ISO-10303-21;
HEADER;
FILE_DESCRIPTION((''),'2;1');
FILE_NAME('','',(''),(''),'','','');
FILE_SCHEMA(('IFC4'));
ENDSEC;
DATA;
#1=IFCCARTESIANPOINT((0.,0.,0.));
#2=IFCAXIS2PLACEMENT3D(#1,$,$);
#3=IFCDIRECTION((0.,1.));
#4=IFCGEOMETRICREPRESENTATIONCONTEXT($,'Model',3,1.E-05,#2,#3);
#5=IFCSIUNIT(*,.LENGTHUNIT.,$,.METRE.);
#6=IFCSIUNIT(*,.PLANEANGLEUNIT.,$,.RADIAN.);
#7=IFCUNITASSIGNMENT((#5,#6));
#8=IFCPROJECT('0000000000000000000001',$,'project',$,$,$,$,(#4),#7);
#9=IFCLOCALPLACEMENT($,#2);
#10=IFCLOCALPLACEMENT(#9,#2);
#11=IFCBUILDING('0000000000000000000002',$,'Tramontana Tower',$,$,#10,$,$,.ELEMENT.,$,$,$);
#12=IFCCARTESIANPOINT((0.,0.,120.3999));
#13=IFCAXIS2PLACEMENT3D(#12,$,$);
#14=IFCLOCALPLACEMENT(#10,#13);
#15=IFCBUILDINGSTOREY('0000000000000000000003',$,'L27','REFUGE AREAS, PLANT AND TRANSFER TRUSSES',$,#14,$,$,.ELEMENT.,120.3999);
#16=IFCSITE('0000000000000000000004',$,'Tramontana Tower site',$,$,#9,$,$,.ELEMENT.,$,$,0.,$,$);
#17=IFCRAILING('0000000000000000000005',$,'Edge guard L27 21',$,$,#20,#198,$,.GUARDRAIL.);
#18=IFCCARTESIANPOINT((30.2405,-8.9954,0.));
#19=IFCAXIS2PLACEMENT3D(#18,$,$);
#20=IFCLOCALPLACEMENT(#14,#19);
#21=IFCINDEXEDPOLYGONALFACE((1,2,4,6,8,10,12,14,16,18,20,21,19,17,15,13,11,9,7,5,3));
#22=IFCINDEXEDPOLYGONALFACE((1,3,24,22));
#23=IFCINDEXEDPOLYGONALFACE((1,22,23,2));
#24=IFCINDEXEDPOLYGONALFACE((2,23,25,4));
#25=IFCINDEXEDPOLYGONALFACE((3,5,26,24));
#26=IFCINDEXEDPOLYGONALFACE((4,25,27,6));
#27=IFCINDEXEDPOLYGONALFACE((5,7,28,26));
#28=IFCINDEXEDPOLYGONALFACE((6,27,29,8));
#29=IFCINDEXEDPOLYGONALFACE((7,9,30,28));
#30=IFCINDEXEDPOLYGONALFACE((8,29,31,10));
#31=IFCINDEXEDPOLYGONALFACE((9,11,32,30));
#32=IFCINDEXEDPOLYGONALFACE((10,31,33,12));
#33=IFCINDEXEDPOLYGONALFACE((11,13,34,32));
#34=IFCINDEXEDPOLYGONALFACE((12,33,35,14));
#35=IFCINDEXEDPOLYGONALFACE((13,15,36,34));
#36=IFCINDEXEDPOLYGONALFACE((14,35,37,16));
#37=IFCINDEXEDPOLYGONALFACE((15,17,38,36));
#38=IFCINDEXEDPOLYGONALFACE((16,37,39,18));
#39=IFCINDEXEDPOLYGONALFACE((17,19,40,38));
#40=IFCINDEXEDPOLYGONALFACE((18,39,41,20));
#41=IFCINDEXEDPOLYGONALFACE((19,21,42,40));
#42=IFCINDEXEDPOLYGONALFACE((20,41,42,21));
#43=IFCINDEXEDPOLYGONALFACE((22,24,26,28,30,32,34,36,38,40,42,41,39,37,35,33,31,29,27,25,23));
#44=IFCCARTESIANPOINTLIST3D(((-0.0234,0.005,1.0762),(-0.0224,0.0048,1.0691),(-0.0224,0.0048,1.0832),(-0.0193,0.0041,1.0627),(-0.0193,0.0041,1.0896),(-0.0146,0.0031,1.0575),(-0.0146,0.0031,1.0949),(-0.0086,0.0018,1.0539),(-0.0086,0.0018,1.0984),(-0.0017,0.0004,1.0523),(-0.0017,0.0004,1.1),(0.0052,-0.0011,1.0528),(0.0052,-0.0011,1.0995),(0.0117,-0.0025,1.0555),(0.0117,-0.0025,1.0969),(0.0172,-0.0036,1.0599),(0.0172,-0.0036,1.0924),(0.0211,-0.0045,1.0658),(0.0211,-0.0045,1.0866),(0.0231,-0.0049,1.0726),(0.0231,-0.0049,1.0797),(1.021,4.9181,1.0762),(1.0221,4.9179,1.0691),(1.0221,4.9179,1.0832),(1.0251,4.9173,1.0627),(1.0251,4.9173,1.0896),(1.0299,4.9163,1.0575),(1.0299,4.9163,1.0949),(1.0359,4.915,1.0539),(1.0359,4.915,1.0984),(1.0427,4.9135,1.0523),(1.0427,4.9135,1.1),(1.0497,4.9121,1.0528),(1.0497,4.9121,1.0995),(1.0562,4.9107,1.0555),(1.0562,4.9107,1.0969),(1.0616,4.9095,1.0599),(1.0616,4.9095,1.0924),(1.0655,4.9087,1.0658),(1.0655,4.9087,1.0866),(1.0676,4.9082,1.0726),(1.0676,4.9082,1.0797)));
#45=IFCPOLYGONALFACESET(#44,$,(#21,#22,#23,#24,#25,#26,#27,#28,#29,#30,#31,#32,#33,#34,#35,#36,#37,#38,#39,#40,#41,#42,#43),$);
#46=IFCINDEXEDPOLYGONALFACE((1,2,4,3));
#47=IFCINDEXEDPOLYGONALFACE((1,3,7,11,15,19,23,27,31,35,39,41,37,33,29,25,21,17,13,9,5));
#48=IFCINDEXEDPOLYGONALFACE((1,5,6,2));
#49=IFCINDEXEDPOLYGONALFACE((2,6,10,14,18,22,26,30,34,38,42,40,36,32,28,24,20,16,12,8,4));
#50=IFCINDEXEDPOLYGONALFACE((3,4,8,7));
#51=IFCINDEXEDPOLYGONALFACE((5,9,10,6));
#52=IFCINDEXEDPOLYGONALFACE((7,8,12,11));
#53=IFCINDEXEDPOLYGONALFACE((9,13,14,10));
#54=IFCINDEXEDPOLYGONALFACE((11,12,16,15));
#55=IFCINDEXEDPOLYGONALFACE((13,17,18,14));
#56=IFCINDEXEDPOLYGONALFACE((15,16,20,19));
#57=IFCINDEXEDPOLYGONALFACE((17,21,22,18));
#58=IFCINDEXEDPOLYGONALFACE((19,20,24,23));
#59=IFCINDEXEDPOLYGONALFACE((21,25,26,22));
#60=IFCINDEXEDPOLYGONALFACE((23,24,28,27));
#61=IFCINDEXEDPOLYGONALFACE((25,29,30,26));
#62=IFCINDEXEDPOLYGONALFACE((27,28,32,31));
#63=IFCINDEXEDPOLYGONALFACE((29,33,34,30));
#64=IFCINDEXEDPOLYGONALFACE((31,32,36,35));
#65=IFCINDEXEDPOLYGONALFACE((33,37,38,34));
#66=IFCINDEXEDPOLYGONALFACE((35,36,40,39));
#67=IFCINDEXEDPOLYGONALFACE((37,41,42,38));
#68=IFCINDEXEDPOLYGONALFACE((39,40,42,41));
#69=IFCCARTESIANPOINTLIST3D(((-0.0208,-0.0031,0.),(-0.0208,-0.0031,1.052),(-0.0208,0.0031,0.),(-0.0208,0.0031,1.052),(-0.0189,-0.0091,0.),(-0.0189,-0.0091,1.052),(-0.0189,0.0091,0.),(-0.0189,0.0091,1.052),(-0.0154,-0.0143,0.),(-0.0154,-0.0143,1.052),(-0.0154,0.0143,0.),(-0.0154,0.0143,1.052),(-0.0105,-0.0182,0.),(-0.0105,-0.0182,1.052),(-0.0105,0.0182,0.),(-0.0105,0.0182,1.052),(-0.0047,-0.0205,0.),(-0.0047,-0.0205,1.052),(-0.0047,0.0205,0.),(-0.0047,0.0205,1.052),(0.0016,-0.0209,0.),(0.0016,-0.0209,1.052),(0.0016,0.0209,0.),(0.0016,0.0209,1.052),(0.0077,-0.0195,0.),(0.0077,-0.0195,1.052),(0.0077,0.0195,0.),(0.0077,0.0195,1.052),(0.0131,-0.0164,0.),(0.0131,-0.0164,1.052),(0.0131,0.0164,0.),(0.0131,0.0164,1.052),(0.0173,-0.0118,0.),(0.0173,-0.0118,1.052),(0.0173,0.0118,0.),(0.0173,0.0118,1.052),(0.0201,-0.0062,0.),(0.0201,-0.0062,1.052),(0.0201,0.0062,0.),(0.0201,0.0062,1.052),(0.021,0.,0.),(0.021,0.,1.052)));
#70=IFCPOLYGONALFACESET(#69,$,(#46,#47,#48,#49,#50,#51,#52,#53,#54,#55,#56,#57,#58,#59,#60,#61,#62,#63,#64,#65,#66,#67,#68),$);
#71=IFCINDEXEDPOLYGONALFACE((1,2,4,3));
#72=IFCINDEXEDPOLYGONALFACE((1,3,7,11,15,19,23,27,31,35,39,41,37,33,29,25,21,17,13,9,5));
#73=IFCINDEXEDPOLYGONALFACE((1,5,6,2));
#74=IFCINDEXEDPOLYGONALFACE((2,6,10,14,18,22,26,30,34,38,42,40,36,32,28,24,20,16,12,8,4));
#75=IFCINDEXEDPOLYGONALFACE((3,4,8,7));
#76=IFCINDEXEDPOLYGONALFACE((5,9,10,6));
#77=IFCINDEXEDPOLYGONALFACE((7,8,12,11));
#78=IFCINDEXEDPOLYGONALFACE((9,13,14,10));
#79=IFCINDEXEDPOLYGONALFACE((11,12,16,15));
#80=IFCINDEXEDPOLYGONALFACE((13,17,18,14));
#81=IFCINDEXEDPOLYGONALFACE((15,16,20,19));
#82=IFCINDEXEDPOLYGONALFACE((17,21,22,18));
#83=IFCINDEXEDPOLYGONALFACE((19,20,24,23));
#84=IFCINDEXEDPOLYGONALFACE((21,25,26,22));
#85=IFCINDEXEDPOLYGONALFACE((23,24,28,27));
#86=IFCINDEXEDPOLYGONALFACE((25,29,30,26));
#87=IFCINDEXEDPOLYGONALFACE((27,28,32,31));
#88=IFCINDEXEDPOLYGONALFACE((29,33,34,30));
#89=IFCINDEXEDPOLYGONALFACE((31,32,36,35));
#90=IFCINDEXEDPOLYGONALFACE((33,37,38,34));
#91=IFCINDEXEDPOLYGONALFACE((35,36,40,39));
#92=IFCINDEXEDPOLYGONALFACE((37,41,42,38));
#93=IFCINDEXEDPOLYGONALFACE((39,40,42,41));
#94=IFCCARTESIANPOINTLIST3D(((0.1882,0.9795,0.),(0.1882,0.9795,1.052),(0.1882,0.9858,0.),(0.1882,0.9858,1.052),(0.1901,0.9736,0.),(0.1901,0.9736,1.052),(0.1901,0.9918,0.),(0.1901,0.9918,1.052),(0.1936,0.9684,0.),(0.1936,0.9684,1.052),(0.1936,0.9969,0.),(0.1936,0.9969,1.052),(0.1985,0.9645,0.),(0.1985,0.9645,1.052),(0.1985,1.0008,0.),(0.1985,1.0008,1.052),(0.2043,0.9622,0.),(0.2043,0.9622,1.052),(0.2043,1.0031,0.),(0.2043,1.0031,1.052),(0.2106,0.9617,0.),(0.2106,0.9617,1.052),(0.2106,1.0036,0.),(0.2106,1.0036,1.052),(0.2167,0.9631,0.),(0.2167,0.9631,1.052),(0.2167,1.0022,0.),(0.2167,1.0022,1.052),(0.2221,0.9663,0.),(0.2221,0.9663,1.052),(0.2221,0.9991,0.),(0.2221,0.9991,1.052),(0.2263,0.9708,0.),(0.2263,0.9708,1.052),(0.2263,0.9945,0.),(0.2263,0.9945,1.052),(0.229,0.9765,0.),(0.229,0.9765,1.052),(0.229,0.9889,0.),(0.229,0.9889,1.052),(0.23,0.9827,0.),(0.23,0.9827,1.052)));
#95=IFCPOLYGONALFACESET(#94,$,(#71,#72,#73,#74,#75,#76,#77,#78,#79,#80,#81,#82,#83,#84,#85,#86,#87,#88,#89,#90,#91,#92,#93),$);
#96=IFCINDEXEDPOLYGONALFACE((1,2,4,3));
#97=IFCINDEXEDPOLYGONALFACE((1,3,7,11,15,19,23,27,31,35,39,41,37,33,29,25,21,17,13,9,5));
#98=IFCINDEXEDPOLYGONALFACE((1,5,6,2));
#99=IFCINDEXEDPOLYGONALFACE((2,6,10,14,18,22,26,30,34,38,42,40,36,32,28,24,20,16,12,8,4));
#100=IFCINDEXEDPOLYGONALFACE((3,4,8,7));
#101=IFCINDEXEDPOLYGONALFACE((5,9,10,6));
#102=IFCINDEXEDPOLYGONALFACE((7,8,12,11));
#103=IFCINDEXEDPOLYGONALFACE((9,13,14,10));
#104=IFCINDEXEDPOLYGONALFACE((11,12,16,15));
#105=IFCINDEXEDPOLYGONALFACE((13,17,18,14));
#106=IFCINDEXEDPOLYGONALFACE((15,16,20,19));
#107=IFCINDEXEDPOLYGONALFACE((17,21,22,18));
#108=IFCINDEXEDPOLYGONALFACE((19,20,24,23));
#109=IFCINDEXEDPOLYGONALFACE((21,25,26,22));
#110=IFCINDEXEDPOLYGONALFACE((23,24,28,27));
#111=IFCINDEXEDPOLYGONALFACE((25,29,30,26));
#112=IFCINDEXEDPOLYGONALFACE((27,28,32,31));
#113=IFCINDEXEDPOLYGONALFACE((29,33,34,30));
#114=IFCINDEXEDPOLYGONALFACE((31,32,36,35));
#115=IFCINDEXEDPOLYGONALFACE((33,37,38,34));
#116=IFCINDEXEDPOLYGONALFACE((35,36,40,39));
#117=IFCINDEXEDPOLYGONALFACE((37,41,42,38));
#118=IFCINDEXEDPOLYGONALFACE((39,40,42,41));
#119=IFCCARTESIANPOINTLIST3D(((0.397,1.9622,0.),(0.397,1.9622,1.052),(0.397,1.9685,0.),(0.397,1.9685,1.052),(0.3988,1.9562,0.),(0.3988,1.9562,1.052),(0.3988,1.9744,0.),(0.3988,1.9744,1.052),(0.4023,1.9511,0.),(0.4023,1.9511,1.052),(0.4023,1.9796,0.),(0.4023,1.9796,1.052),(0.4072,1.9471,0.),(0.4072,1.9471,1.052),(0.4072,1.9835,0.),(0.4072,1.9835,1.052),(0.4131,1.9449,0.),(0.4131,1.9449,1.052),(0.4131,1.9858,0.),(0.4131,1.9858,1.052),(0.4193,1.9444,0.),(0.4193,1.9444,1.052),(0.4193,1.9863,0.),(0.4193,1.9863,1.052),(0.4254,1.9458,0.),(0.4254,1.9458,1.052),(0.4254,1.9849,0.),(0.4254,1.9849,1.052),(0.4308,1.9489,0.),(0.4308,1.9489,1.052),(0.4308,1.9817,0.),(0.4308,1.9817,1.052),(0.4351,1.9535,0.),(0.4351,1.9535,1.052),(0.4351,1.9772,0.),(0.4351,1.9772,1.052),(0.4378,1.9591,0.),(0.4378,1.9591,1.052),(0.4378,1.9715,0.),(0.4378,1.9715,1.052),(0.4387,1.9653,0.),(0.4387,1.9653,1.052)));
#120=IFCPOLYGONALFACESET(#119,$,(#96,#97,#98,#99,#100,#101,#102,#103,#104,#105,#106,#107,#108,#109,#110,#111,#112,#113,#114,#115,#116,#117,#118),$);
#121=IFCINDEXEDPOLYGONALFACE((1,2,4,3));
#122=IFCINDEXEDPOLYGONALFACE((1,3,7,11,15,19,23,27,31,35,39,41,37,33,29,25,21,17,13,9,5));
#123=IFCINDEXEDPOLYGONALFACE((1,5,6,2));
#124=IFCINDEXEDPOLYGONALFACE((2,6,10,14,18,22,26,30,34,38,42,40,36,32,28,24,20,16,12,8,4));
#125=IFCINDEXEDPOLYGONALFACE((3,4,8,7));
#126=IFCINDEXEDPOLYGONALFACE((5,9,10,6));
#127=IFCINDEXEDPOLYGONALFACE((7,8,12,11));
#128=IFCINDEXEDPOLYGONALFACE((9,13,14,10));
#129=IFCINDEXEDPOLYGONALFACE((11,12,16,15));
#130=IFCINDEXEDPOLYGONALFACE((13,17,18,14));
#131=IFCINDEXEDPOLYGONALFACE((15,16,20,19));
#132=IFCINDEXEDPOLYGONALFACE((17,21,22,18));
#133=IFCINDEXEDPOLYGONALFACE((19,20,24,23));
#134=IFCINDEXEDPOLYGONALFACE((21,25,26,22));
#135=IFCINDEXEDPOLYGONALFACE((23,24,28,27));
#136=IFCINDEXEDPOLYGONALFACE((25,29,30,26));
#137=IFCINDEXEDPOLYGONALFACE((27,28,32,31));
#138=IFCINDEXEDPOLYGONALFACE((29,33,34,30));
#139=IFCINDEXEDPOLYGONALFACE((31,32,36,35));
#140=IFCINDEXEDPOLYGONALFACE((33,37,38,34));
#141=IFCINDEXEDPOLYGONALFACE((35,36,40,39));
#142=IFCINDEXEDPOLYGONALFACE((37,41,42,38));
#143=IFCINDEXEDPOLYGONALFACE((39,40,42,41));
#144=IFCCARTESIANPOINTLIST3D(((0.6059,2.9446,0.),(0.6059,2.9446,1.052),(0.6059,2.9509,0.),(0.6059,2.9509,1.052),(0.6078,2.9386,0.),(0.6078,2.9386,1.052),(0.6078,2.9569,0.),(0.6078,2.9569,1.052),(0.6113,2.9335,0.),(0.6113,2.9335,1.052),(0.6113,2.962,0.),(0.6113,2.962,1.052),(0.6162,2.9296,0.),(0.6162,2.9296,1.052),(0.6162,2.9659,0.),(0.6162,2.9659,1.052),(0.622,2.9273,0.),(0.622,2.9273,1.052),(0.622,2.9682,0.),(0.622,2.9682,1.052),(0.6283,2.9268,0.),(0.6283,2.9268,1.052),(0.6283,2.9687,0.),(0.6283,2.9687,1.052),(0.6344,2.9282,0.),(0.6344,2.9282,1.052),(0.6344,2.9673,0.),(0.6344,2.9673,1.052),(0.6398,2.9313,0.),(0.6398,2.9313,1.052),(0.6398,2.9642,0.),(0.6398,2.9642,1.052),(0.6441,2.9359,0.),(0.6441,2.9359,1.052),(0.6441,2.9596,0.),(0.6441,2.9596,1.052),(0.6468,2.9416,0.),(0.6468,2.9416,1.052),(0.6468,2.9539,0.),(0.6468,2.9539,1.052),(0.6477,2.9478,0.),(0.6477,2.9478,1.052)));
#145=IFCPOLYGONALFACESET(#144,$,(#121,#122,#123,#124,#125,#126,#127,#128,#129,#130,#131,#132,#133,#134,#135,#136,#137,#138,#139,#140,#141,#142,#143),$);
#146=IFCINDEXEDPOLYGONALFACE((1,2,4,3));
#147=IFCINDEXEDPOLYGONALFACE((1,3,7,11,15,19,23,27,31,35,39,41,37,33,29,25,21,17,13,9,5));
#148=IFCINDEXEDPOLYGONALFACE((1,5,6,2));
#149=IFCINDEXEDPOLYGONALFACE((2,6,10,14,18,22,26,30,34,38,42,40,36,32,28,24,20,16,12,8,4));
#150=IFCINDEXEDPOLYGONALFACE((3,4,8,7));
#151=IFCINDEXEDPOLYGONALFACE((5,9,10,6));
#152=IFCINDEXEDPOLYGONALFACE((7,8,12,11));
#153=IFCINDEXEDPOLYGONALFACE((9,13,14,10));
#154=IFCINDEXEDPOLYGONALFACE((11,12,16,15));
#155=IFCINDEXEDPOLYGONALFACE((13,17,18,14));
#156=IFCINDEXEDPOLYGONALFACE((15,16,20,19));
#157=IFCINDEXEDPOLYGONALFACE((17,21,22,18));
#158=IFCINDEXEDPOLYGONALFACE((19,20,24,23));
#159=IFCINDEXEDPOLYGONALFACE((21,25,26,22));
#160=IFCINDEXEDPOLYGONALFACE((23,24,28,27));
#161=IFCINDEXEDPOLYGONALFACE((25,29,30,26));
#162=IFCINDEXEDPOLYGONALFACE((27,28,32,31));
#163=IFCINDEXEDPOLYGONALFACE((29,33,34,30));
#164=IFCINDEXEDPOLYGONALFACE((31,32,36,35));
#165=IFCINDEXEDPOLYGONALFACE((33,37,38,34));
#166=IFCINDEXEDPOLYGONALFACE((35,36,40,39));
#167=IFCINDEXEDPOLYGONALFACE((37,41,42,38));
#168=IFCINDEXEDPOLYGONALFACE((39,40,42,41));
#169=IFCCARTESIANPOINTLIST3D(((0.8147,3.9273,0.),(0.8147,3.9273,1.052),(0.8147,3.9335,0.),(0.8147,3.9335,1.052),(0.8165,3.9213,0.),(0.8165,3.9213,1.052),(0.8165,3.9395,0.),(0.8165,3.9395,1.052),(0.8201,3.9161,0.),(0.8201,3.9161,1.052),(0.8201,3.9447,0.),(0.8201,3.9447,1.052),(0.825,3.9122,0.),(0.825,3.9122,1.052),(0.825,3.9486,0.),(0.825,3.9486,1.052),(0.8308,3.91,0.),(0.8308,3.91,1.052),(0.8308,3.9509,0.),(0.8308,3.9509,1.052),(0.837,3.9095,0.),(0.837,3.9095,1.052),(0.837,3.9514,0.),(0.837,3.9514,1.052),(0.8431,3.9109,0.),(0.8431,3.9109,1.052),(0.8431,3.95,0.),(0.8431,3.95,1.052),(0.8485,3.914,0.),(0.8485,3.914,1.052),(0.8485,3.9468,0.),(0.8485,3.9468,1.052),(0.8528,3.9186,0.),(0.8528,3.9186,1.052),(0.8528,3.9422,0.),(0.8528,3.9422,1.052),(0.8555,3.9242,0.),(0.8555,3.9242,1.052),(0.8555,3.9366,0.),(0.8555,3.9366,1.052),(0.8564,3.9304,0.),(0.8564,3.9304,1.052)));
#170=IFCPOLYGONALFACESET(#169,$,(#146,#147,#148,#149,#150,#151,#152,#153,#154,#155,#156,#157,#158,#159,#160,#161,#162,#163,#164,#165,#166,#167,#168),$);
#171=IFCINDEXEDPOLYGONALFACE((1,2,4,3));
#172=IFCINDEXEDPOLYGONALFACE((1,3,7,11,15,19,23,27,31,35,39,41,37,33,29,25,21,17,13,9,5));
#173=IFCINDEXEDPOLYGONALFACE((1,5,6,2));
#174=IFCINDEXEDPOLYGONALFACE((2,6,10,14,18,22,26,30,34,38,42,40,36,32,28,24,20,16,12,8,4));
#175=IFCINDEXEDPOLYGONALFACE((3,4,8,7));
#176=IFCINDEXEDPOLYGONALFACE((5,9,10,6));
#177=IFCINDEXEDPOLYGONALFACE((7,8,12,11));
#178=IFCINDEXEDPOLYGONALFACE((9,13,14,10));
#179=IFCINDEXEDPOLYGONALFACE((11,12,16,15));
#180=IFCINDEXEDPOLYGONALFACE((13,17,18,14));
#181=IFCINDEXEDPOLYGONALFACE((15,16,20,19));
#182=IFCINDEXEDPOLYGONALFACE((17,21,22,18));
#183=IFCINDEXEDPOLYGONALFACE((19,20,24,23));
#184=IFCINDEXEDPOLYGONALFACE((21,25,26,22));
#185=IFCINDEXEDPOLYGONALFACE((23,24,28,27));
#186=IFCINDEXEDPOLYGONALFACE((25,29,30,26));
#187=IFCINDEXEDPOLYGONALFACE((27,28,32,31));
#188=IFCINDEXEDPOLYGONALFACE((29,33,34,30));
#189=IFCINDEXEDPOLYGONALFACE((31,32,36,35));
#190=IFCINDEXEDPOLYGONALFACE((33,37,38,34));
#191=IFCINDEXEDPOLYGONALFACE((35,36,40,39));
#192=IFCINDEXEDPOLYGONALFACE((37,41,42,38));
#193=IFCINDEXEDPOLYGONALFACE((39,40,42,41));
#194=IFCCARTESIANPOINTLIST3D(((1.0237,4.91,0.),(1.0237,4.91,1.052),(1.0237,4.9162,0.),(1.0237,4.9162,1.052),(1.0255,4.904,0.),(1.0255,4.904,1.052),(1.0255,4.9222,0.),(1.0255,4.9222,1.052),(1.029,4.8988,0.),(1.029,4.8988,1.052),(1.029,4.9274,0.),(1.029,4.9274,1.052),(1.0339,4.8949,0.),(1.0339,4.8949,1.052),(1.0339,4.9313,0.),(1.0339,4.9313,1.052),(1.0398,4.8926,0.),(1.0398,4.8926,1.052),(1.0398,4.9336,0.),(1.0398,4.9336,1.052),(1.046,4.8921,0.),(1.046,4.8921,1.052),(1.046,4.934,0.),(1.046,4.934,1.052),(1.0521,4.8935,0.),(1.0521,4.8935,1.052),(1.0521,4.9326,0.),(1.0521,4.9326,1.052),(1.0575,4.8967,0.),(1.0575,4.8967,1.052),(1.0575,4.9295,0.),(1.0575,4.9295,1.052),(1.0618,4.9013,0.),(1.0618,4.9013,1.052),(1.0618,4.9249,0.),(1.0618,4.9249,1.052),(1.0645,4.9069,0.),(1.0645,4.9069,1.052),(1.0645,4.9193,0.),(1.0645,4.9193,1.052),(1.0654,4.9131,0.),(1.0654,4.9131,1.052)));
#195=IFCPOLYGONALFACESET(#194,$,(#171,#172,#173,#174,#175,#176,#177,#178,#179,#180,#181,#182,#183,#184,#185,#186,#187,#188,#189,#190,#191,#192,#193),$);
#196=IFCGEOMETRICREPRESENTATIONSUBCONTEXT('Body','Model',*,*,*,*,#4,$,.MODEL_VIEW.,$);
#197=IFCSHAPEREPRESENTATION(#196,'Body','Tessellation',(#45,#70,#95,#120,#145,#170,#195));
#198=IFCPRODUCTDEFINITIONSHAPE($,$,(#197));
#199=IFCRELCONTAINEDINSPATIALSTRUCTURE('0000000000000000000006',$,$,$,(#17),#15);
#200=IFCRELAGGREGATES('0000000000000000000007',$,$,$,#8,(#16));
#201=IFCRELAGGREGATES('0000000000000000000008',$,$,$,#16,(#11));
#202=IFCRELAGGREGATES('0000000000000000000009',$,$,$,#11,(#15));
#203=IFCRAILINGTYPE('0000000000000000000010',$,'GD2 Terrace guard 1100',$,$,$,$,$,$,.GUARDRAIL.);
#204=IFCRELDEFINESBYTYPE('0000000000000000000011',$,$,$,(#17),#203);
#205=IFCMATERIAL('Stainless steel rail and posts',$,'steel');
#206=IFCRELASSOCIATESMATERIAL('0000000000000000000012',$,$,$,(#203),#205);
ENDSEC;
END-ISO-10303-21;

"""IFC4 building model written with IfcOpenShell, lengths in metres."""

from ifc_helpers import new_model, si_unit, direction, frame, origin, origin_2d, place, context, subcontext, project, spatial, circle, extrude, material, type_object, element, save


model = new_model("IFC4")

# Units and contexts
model_context = context("Model", 3, precision=1e-05, world=origin(), true_north=direction((0.0, 1.0)))
body_context = subcontext(model_context, "Body", "Model", "MODEL_VIEW")
ifc_project = project(units=[si_unit("LENGTHUNIT", "METRE"), si_unit("PLANEANGLEUNIT", "RADIAN")], contexts=[model_context])

# Site, building, storey
site_placement = place(None, origin())
site = spatial("IfcSite", under=ifc_project, at=site_placement, Name="Tramontana Tower site", CompositionType="ELEMENT", RefElevation=0.0)
building_placement = place(site_placement, origin())
building = spatial("IfcBuilding", under=site, at=building_placement, Name="Tramontana Tower", CompositionType="ELEMENT")
storey_placement = place(building_placement, frame((0.0, 0.0, 120.3999)))
storey = spatial("IfcBuildingStorey", under=building, at=storey_placement, Name="L27", Description="REFUGE AREAS, PLANT AND TRANSFER TRUSSES", CompositionType="ELEMENT", Elevation=120.3999)

# Railing
ifc_material_1 = material(Name="Stainless steel rail and posts", Category="steel")
railing_type = type_object("IfcRailingType", Name="GD2 Terrace guard 1100", PredefinedType="GUARDRAIL", material=ifc_material_1)
railing_1_placement = place(storey_placement, frame((30.2405, -8.9954, 0.0)))
element("IfcRailing", 1, at=railing_1_placement, inside=storey, type_object=railing_type, Name="Edge guard L27 21", PredefinedType="GUARDRAIL", context=body_context, shape_type="SweptSolid", body=[
    extrude(circle(Radius=0.0239, at=origin_2d()), frame((0.0, 0.0, 1.0762), z_axis=(0.207935, 0.978143, 0.0), x_axis=(-0.978143, 0.207935, 0.0)), (0.0, 0.0, 1.0), 5.0229),
    extrude(circle(Radius=0.021, at=origin_2d()), origin(), (0.0, 0.0, 1.0), 1.052),
    extrude(circle(Radius=0.021, at=origin_2d()), frame((0.209, 0.9827, 0.0)), (0.0, 0.0, 1.0), 1.052),
    extrude(circle(Radius=0.021, at=origin_2d()), frame((0.4177, 1.9653, 0.0)), (0.0, 0.0, 1.0), 1.052),
    extrude(circle(Radius=0.021, at=origin_2d()), frame((0.6267, 2.9478, 0.0)), (0.0, 0.0, 1.0), 1.052),
    extrude(circle(Radius=0.021, at=origin_2d()), frame((0.8354, 3.9304, 0.0)), (0.0, 0.0, 1.0), 1.052),
    extrude(circle(Radius=0.021, at=origin_2d()), frame((1.0444, 4.9131, 0.0)), (0.0, 0.0, 1.0), 1.052),
])

save(model, "model.ifc")
